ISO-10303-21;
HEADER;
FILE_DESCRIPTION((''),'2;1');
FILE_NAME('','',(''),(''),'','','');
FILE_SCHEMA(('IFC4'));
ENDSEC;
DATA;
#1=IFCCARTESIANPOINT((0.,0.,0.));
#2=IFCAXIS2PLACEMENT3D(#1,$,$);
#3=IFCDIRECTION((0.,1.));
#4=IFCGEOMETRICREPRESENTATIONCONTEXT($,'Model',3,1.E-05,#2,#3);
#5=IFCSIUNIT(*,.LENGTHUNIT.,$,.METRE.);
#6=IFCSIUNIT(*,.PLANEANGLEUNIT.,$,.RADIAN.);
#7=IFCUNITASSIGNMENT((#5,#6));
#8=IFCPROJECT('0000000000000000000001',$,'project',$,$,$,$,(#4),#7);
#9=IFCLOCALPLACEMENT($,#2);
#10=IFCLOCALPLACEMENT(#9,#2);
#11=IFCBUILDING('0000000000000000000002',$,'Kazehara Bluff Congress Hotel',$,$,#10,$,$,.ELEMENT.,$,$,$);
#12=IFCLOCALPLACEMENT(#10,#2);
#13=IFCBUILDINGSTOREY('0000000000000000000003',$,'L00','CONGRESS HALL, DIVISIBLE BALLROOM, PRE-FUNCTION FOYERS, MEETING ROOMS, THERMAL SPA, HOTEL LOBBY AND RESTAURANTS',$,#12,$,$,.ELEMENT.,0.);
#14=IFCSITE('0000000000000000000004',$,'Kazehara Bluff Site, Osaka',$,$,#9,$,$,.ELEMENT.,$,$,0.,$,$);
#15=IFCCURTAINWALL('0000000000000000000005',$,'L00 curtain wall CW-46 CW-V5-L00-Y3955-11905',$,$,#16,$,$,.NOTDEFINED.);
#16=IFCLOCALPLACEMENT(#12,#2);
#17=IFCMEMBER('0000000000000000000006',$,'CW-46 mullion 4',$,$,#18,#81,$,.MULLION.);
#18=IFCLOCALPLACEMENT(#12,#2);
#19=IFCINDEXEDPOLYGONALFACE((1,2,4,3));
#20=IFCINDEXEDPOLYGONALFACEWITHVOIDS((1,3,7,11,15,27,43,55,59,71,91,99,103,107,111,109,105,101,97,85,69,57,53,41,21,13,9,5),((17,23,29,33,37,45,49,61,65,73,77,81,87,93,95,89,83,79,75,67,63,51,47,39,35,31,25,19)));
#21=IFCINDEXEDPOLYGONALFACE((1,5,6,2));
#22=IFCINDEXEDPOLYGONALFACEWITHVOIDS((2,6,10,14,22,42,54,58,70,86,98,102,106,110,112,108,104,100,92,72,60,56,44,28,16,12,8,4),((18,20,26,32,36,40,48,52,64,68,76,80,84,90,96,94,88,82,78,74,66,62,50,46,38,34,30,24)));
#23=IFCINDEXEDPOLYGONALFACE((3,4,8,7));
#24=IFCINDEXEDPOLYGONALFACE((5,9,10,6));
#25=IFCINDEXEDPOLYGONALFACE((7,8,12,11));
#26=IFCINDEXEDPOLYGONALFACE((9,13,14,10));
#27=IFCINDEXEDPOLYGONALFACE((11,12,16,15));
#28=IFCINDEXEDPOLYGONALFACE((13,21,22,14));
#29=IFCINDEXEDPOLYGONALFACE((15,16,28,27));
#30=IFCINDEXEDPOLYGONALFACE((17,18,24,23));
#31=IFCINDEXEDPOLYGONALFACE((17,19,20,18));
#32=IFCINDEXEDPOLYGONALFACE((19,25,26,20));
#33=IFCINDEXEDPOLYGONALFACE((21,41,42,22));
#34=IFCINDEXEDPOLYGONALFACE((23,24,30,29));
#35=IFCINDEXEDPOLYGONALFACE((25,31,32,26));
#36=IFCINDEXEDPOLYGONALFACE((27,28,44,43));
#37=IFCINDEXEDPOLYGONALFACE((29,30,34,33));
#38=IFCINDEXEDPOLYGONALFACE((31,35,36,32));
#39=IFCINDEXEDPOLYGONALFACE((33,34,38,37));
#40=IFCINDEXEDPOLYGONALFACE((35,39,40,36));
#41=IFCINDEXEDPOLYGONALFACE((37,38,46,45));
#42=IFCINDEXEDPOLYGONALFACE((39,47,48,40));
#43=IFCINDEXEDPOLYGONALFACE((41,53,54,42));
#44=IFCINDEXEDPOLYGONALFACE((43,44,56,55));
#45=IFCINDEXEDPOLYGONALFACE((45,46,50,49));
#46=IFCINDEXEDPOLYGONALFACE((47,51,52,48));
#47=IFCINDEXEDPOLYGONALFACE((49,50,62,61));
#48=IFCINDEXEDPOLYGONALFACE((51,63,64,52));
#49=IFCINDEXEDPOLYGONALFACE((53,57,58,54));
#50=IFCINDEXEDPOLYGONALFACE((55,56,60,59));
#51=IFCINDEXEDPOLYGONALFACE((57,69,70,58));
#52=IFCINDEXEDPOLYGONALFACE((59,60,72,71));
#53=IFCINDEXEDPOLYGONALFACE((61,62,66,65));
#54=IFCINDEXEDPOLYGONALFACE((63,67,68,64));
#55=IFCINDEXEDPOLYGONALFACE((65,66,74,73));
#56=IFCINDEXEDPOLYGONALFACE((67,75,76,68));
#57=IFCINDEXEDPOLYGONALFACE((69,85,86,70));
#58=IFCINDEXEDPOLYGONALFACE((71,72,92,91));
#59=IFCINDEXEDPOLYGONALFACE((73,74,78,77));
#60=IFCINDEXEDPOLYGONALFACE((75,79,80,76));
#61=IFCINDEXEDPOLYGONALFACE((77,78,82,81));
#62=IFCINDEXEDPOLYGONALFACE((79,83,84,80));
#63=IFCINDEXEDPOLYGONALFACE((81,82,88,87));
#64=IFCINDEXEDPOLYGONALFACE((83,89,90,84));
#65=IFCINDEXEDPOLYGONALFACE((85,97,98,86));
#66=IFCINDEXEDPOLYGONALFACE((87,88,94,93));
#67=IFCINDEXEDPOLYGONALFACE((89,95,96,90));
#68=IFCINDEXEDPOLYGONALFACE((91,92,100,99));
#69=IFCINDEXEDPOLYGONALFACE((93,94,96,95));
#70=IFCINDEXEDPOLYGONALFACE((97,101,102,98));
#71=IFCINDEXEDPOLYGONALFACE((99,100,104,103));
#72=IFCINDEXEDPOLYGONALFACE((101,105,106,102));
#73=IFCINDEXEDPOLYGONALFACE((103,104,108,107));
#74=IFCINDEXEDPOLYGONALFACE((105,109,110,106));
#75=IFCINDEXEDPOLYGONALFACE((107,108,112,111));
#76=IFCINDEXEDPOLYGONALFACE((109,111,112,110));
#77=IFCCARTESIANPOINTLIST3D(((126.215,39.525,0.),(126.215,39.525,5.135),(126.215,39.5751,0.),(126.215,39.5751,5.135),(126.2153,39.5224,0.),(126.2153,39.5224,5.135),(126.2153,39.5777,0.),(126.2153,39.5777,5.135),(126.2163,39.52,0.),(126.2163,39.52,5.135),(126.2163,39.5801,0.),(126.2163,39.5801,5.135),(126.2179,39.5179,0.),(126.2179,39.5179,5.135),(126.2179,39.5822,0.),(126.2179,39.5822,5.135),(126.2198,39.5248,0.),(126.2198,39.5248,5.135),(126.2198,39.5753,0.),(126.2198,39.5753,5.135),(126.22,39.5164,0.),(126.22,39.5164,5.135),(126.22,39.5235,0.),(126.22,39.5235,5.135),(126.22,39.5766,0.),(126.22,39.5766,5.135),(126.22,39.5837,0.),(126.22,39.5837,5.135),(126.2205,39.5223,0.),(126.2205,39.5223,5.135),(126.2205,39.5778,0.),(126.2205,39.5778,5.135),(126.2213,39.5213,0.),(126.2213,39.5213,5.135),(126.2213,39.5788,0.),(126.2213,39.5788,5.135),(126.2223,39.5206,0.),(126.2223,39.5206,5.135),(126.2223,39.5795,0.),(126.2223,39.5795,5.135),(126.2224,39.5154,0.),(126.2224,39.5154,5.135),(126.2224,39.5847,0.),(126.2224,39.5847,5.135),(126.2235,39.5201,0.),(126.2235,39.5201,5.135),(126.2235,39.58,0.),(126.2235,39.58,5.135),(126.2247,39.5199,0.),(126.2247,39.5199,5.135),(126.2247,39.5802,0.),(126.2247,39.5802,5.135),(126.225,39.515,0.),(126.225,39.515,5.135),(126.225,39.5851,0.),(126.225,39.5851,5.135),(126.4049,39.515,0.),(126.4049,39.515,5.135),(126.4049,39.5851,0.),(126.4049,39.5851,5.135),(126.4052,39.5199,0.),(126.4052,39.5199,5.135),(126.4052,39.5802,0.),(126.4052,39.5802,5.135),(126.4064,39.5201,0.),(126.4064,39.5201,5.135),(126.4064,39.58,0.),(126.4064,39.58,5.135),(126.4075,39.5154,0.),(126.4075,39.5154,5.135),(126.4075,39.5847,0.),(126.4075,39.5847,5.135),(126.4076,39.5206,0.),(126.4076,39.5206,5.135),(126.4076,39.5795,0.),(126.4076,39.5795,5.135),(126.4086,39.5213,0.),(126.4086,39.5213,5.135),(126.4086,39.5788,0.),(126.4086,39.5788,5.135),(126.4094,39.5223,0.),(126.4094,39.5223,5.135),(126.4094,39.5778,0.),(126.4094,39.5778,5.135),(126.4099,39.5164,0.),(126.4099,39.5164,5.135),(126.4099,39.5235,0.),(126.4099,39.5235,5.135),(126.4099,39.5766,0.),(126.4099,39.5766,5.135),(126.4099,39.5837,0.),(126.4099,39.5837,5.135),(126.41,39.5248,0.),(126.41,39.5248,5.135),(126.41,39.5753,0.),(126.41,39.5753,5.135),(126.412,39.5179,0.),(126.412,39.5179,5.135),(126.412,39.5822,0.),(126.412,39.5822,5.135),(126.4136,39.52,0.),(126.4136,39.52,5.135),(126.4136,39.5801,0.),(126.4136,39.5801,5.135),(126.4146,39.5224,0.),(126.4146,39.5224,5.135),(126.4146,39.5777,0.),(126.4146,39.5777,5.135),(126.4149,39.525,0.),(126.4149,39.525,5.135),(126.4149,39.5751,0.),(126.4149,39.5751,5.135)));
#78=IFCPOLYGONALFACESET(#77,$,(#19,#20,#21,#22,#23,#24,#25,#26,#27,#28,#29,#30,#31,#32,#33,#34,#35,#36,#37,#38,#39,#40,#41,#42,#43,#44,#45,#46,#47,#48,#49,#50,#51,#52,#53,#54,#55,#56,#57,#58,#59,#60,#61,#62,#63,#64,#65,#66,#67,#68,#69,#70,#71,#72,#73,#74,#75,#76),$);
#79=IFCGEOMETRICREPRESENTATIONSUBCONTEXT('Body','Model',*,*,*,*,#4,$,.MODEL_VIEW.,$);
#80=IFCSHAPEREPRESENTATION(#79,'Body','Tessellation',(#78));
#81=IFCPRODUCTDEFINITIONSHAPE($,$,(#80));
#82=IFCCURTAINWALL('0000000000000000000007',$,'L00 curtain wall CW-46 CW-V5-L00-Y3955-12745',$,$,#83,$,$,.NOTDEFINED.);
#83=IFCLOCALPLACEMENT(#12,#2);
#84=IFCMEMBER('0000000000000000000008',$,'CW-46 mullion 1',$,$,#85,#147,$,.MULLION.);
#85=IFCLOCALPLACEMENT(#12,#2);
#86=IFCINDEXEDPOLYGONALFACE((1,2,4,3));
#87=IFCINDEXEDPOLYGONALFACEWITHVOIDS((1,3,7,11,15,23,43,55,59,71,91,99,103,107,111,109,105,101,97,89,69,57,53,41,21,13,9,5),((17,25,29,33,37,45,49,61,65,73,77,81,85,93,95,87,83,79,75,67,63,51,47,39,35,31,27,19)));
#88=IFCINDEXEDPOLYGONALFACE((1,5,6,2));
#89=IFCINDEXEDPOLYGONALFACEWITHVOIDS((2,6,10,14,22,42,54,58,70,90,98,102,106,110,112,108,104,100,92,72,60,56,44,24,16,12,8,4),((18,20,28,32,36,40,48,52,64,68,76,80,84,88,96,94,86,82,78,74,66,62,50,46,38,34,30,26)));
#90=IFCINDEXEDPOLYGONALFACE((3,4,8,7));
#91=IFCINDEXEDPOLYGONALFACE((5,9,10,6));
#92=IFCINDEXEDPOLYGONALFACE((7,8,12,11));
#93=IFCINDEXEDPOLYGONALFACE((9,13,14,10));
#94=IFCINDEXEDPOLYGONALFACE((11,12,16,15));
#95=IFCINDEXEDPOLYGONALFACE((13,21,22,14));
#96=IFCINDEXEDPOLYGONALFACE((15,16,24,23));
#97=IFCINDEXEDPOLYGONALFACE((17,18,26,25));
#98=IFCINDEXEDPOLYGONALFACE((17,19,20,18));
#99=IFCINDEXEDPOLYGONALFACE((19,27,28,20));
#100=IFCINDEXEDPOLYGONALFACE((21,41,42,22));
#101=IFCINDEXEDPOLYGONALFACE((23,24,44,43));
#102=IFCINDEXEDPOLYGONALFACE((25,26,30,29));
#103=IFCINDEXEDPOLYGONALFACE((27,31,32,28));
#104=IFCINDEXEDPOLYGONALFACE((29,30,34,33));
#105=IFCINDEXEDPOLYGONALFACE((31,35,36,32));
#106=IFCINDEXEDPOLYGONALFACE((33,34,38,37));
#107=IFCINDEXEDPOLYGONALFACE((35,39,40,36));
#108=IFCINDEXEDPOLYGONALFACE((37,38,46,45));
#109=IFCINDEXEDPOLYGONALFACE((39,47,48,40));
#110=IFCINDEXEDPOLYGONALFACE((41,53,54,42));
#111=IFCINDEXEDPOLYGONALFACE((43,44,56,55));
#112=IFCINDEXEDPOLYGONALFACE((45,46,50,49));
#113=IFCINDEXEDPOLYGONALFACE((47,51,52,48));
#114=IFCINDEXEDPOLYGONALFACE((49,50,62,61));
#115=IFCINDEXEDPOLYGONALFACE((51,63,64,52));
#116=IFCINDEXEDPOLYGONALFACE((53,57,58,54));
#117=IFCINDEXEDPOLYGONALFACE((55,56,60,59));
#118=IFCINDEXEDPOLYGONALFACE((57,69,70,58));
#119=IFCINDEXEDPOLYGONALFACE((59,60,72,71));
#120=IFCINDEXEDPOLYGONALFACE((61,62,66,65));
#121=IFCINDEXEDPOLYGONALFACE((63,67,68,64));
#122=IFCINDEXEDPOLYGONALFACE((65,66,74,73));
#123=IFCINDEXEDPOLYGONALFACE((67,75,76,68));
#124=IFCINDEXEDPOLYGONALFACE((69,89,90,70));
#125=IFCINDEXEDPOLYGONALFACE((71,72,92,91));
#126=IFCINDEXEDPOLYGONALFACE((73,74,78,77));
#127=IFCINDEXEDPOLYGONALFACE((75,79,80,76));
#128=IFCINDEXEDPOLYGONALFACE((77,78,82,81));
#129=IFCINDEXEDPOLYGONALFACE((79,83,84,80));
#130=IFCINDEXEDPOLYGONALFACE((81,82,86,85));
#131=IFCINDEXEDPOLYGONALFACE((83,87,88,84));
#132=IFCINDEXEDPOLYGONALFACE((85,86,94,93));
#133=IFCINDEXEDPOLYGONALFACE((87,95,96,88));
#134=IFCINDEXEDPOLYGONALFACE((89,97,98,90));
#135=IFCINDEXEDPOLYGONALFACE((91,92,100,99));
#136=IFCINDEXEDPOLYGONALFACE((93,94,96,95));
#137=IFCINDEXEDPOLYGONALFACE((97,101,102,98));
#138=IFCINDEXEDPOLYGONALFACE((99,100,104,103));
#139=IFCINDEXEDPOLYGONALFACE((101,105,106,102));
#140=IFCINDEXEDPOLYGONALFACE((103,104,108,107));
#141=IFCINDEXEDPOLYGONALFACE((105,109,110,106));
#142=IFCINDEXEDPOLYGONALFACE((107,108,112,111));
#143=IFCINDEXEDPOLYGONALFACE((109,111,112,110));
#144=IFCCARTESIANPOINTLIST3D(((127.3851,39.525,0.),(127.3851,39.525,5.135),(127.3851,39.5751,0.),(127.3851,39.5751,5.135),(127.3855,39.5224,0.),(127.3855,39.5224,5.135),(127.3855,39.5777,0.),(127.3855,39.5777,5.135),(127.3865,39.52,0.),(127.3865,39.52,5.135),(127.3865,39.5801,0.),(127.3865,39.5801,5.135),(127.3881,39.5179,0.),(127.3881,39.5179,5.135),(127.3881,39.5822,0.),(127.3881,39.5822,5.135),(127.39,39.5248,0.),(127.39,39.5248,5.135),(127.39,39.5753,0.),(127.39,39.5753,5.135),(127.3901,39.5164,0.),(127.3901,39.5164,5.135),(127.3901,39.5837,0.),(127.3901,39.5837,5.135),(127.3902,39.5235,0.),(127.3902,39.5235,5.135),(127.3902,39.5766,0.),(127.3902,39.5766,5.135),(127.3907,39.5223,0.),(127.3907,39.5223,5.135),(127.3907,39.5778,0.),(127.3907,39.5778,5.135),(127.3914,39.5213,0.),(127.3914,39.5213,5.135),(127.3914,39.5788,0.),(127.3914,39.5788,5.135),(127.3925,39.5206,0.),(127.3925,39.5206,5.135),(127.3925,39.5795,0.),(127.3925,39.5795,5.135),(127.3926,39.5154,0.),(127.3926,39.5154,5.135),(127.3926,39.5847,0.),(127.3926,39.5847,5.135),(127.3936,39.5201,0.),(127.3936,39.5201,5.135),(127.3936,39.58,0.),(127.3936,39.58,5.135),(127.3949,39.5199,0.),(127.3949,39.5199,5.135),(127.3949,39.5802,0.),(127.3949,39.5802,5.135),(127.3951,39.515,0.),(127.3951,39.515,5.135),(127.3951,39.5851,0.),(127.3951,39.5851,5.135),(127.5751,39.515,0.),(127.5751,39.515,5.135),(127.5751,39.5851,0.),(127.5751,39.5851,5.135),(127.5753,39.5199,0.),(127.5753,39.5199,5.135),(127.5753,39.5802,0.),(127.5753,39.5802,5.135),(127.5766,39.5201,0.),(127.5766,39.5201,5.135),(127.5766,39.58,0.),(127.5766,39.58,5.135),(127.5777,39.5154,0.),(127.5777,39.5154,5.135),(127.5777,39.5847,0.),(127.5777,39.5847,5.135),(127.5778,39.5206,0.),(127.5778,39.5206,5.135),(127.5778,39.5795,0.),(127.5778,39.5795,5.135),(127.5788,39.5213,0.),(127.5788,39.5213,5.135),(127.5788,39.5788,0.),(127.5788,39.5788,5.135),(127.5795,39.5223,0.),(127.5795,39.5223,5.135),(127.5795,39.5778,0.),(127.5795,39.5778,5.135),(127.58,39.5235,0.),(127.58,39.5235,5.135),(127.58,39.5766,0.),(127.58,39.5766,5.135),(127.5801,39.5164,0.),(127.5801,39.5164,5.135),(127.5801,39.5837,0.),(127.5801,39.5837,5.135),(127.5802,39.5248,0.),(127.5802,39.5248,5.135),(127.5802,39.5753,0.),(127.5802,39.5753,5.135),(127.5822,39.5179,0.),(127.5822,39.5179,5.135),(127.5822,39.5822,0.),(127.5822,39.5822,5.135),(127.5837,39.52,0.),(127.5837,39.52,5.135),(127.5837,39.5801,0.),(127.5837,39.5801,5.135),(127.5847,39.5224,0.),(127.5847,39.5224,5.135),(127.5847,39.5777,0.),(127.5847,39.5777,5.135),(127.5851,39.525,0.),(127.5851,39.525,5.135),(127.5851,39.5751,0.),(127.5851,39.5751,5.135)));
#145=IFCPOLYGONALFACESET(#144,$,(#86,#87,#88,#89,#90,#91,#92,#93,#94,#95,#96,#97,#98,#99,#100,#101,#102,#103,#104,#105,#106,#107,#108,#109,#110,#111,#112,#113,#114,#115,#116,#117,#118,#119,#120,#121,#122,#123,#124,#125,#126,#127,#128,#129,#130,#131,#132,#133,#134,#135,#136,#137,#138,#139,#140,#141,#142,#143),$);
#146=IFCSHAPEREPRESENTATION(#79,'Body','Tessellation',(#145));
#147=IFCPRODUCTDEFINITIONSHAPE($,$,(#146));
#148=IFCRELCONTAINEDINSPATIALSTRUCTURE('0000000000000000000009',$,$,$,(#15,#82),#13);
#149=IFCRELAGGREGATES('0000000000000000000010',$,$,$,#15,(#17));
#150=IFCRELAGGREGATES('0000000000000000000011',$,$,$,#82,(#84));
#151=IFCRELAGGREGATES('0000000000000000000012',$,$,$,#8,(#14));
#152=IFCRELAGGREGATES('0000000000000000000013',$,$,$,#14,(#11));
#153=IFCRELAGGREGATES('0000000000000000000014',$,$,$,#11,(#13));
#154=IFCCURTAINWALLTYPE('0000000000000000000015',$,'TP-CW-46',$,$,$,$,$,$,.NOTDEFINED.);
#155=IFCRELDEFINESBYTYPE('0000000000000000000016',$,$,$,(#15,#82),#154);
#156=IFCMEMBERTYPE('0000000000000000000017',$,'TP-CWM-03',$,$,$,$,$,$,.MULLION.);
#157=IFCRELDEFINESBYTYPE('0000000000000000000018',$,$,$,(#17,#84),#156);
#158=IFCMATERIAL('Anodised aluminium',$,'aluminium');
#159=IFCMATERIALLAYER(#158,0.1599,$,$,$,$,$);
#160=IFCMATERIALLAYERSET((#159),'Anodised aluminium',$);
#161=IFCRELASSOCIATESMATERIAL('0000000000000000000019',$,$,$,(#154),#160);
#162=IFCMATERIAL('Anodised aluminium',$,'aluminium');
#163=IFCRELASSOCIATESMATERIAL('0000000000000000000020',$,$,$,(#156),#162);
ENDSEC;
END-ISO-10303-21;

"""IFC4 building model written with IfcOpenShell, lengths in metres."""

from ifc_helpers import new_model, si_unit, direction, frame, origin, origin_2d, place, context, subcontext, project, spatial, hollow_rectangle, extrude, material, layer, layer_set, material_profile, profile_set, type_object, element, aggregate, save


model = new_model("IFC4")

# Units and contexts
model_context = context("Model", 3, precision=1e-05, world=origin(), true_north=direction((0.0, 1.0)))
body_context = subcontext(model_context, "Body", "Model", "MODEL_VIEW")
ifc_project = project(units=[si_unit("LENGTHUNIT", "METRE"), si_unit("PLANEANGLEUNIT", "RADIAN")], contexts=[model_context])

# Site, building, storey
site_placement = place(None, origin())
site = spatial("IfcSite", under=ifc_project, at=site_placement, Name="Kazehara Bluff Site, Osaka", CompositionType="ELEMENT", RefElevation=0.0)
building_placement = place(site_placement, origin())
building = spatial("IfcBuilding", under=site, at=building_placement, Name="Kazehara Bluff Congress Hotel", CompositionType="ELEMENT")
storey_placement = place(building_placement, origin())
storey = spatial("IfcBuildingStorey", under=building, at=storey_placement, Name="L00", Description="CONGRESS HALL, DIVISIBLE BALLROOM, PRE-FUNCTION FOYERS, MEETING ROOMS, THERMAL SPA, HOTEL LOBBY AND RESTAURANTS", CompositionType="ELEMENT", Elevation=0.0)

# Curtain wall, member
ifc_material_1 = material(Name="Anodised aluminium", Category="aluminium")
ifc_layer_1 = layer(ifc_material_1, 0.1599)
ifc_layer_set_1 = layer_set([ifc_layer_1], Name="Anodised aluminium")
curtain_wall_type = type_object("IfcCurtainWallType", Name="TP-CW-46", PredefinedType="NOTDEFINED", material=ifc_layer_set_1)
curtain_wall_1_placement = place(storey_placement, origin())
curtain_wall_1 = element("IfcCurtainWall", 1, at=curtain_wall_1_placement, inside=storey, type_object=curtain_wall_type, Name="L00 curtain wall CW-46 CW-V5-L00-Y3955-11905", PredefinedType="NOTDEFINED")
ifc_material_2 = material(Name="Anodised aluminium", Category="aluminium")
ifc_material_profile_1 = material_profile(ifc_material_2, hollow_rectangle(XDim=0.0701, YDim=0.2, WallThickness=0.0049, InnerFilletRadius=0.0049, OuterFilletRadius=0.01, at=origin_2d()))
ifc_profile_set_1 = profile_set([ifc_material_profile_1], Name="Anodised aluminium")
member_type_1 = type_object("IfcMemberType", Name="TP-CWM-03", PredefinedType="MULLION", material=ifc_profile_set_1)
member_1_placement = place(storey_placement, frame((126.3149, 39.55, 0.0), z_axis=(0.0, 0.0, 1.0), x_axis=(0.0, 1.0, 0.0)))
member_1 = element("IfcMember", 2, at=member_1_placement, type_object=member_type_1, Name="CW-46 mullion 4", PredefinedType="MULLION", context=body_context, shape_type="SweptSolid", body=[
    extrude(hollow_rectangle(XDim=0.0701, YDim=0.2, WallThickness=0.0049, InnerFilletRadius=0.0049, OuterFilletRadius=0.01, at=origin_2d()), origin(), (0.0, 0.0, 1.0), 5.135),
])

# Curtain wall, member
curtain_wall_2_placement = place(storey_placement, origin())
curtain_wall_2 = element("IfcCurtainWall", 3, at=curtain_wall_2_placement, inside=storey, type_object=curtain_wall_type, Name="L00 curtain wall CW-46 CW-V5-L00-Y3955-12745", PredefinedType="NOTDEFINED")
member_2_placement = place(storey_placement, frame((127.4851, 39.55, 0.0), z_axis=(0.0, 0.0, 1.0), x_axis=(0.0, 1.0, 0.0)))
member_2 = element("IfcMember", 4, at=member_2_placement, type_object=member_type_1, Name="CW-46 mullion 1", PredefinedType="MULLION", context=body_context, shape_type="SweptSolid", body=[
    extrude(hollow_rectangle(XDim=0.0701, YDim=0.2, WallThickness=0.0049, InnerFilletRadius=0.0049, OuterFilletRadius=0.01, at=origin_2d()), origin(), (0.0, 0.0, 1.0), 5.135),
])

aggregate(curtain_wall_1, [member_1])
aggregate(curtain_wall_2, [member_2])

save(model, "model.ifc")
